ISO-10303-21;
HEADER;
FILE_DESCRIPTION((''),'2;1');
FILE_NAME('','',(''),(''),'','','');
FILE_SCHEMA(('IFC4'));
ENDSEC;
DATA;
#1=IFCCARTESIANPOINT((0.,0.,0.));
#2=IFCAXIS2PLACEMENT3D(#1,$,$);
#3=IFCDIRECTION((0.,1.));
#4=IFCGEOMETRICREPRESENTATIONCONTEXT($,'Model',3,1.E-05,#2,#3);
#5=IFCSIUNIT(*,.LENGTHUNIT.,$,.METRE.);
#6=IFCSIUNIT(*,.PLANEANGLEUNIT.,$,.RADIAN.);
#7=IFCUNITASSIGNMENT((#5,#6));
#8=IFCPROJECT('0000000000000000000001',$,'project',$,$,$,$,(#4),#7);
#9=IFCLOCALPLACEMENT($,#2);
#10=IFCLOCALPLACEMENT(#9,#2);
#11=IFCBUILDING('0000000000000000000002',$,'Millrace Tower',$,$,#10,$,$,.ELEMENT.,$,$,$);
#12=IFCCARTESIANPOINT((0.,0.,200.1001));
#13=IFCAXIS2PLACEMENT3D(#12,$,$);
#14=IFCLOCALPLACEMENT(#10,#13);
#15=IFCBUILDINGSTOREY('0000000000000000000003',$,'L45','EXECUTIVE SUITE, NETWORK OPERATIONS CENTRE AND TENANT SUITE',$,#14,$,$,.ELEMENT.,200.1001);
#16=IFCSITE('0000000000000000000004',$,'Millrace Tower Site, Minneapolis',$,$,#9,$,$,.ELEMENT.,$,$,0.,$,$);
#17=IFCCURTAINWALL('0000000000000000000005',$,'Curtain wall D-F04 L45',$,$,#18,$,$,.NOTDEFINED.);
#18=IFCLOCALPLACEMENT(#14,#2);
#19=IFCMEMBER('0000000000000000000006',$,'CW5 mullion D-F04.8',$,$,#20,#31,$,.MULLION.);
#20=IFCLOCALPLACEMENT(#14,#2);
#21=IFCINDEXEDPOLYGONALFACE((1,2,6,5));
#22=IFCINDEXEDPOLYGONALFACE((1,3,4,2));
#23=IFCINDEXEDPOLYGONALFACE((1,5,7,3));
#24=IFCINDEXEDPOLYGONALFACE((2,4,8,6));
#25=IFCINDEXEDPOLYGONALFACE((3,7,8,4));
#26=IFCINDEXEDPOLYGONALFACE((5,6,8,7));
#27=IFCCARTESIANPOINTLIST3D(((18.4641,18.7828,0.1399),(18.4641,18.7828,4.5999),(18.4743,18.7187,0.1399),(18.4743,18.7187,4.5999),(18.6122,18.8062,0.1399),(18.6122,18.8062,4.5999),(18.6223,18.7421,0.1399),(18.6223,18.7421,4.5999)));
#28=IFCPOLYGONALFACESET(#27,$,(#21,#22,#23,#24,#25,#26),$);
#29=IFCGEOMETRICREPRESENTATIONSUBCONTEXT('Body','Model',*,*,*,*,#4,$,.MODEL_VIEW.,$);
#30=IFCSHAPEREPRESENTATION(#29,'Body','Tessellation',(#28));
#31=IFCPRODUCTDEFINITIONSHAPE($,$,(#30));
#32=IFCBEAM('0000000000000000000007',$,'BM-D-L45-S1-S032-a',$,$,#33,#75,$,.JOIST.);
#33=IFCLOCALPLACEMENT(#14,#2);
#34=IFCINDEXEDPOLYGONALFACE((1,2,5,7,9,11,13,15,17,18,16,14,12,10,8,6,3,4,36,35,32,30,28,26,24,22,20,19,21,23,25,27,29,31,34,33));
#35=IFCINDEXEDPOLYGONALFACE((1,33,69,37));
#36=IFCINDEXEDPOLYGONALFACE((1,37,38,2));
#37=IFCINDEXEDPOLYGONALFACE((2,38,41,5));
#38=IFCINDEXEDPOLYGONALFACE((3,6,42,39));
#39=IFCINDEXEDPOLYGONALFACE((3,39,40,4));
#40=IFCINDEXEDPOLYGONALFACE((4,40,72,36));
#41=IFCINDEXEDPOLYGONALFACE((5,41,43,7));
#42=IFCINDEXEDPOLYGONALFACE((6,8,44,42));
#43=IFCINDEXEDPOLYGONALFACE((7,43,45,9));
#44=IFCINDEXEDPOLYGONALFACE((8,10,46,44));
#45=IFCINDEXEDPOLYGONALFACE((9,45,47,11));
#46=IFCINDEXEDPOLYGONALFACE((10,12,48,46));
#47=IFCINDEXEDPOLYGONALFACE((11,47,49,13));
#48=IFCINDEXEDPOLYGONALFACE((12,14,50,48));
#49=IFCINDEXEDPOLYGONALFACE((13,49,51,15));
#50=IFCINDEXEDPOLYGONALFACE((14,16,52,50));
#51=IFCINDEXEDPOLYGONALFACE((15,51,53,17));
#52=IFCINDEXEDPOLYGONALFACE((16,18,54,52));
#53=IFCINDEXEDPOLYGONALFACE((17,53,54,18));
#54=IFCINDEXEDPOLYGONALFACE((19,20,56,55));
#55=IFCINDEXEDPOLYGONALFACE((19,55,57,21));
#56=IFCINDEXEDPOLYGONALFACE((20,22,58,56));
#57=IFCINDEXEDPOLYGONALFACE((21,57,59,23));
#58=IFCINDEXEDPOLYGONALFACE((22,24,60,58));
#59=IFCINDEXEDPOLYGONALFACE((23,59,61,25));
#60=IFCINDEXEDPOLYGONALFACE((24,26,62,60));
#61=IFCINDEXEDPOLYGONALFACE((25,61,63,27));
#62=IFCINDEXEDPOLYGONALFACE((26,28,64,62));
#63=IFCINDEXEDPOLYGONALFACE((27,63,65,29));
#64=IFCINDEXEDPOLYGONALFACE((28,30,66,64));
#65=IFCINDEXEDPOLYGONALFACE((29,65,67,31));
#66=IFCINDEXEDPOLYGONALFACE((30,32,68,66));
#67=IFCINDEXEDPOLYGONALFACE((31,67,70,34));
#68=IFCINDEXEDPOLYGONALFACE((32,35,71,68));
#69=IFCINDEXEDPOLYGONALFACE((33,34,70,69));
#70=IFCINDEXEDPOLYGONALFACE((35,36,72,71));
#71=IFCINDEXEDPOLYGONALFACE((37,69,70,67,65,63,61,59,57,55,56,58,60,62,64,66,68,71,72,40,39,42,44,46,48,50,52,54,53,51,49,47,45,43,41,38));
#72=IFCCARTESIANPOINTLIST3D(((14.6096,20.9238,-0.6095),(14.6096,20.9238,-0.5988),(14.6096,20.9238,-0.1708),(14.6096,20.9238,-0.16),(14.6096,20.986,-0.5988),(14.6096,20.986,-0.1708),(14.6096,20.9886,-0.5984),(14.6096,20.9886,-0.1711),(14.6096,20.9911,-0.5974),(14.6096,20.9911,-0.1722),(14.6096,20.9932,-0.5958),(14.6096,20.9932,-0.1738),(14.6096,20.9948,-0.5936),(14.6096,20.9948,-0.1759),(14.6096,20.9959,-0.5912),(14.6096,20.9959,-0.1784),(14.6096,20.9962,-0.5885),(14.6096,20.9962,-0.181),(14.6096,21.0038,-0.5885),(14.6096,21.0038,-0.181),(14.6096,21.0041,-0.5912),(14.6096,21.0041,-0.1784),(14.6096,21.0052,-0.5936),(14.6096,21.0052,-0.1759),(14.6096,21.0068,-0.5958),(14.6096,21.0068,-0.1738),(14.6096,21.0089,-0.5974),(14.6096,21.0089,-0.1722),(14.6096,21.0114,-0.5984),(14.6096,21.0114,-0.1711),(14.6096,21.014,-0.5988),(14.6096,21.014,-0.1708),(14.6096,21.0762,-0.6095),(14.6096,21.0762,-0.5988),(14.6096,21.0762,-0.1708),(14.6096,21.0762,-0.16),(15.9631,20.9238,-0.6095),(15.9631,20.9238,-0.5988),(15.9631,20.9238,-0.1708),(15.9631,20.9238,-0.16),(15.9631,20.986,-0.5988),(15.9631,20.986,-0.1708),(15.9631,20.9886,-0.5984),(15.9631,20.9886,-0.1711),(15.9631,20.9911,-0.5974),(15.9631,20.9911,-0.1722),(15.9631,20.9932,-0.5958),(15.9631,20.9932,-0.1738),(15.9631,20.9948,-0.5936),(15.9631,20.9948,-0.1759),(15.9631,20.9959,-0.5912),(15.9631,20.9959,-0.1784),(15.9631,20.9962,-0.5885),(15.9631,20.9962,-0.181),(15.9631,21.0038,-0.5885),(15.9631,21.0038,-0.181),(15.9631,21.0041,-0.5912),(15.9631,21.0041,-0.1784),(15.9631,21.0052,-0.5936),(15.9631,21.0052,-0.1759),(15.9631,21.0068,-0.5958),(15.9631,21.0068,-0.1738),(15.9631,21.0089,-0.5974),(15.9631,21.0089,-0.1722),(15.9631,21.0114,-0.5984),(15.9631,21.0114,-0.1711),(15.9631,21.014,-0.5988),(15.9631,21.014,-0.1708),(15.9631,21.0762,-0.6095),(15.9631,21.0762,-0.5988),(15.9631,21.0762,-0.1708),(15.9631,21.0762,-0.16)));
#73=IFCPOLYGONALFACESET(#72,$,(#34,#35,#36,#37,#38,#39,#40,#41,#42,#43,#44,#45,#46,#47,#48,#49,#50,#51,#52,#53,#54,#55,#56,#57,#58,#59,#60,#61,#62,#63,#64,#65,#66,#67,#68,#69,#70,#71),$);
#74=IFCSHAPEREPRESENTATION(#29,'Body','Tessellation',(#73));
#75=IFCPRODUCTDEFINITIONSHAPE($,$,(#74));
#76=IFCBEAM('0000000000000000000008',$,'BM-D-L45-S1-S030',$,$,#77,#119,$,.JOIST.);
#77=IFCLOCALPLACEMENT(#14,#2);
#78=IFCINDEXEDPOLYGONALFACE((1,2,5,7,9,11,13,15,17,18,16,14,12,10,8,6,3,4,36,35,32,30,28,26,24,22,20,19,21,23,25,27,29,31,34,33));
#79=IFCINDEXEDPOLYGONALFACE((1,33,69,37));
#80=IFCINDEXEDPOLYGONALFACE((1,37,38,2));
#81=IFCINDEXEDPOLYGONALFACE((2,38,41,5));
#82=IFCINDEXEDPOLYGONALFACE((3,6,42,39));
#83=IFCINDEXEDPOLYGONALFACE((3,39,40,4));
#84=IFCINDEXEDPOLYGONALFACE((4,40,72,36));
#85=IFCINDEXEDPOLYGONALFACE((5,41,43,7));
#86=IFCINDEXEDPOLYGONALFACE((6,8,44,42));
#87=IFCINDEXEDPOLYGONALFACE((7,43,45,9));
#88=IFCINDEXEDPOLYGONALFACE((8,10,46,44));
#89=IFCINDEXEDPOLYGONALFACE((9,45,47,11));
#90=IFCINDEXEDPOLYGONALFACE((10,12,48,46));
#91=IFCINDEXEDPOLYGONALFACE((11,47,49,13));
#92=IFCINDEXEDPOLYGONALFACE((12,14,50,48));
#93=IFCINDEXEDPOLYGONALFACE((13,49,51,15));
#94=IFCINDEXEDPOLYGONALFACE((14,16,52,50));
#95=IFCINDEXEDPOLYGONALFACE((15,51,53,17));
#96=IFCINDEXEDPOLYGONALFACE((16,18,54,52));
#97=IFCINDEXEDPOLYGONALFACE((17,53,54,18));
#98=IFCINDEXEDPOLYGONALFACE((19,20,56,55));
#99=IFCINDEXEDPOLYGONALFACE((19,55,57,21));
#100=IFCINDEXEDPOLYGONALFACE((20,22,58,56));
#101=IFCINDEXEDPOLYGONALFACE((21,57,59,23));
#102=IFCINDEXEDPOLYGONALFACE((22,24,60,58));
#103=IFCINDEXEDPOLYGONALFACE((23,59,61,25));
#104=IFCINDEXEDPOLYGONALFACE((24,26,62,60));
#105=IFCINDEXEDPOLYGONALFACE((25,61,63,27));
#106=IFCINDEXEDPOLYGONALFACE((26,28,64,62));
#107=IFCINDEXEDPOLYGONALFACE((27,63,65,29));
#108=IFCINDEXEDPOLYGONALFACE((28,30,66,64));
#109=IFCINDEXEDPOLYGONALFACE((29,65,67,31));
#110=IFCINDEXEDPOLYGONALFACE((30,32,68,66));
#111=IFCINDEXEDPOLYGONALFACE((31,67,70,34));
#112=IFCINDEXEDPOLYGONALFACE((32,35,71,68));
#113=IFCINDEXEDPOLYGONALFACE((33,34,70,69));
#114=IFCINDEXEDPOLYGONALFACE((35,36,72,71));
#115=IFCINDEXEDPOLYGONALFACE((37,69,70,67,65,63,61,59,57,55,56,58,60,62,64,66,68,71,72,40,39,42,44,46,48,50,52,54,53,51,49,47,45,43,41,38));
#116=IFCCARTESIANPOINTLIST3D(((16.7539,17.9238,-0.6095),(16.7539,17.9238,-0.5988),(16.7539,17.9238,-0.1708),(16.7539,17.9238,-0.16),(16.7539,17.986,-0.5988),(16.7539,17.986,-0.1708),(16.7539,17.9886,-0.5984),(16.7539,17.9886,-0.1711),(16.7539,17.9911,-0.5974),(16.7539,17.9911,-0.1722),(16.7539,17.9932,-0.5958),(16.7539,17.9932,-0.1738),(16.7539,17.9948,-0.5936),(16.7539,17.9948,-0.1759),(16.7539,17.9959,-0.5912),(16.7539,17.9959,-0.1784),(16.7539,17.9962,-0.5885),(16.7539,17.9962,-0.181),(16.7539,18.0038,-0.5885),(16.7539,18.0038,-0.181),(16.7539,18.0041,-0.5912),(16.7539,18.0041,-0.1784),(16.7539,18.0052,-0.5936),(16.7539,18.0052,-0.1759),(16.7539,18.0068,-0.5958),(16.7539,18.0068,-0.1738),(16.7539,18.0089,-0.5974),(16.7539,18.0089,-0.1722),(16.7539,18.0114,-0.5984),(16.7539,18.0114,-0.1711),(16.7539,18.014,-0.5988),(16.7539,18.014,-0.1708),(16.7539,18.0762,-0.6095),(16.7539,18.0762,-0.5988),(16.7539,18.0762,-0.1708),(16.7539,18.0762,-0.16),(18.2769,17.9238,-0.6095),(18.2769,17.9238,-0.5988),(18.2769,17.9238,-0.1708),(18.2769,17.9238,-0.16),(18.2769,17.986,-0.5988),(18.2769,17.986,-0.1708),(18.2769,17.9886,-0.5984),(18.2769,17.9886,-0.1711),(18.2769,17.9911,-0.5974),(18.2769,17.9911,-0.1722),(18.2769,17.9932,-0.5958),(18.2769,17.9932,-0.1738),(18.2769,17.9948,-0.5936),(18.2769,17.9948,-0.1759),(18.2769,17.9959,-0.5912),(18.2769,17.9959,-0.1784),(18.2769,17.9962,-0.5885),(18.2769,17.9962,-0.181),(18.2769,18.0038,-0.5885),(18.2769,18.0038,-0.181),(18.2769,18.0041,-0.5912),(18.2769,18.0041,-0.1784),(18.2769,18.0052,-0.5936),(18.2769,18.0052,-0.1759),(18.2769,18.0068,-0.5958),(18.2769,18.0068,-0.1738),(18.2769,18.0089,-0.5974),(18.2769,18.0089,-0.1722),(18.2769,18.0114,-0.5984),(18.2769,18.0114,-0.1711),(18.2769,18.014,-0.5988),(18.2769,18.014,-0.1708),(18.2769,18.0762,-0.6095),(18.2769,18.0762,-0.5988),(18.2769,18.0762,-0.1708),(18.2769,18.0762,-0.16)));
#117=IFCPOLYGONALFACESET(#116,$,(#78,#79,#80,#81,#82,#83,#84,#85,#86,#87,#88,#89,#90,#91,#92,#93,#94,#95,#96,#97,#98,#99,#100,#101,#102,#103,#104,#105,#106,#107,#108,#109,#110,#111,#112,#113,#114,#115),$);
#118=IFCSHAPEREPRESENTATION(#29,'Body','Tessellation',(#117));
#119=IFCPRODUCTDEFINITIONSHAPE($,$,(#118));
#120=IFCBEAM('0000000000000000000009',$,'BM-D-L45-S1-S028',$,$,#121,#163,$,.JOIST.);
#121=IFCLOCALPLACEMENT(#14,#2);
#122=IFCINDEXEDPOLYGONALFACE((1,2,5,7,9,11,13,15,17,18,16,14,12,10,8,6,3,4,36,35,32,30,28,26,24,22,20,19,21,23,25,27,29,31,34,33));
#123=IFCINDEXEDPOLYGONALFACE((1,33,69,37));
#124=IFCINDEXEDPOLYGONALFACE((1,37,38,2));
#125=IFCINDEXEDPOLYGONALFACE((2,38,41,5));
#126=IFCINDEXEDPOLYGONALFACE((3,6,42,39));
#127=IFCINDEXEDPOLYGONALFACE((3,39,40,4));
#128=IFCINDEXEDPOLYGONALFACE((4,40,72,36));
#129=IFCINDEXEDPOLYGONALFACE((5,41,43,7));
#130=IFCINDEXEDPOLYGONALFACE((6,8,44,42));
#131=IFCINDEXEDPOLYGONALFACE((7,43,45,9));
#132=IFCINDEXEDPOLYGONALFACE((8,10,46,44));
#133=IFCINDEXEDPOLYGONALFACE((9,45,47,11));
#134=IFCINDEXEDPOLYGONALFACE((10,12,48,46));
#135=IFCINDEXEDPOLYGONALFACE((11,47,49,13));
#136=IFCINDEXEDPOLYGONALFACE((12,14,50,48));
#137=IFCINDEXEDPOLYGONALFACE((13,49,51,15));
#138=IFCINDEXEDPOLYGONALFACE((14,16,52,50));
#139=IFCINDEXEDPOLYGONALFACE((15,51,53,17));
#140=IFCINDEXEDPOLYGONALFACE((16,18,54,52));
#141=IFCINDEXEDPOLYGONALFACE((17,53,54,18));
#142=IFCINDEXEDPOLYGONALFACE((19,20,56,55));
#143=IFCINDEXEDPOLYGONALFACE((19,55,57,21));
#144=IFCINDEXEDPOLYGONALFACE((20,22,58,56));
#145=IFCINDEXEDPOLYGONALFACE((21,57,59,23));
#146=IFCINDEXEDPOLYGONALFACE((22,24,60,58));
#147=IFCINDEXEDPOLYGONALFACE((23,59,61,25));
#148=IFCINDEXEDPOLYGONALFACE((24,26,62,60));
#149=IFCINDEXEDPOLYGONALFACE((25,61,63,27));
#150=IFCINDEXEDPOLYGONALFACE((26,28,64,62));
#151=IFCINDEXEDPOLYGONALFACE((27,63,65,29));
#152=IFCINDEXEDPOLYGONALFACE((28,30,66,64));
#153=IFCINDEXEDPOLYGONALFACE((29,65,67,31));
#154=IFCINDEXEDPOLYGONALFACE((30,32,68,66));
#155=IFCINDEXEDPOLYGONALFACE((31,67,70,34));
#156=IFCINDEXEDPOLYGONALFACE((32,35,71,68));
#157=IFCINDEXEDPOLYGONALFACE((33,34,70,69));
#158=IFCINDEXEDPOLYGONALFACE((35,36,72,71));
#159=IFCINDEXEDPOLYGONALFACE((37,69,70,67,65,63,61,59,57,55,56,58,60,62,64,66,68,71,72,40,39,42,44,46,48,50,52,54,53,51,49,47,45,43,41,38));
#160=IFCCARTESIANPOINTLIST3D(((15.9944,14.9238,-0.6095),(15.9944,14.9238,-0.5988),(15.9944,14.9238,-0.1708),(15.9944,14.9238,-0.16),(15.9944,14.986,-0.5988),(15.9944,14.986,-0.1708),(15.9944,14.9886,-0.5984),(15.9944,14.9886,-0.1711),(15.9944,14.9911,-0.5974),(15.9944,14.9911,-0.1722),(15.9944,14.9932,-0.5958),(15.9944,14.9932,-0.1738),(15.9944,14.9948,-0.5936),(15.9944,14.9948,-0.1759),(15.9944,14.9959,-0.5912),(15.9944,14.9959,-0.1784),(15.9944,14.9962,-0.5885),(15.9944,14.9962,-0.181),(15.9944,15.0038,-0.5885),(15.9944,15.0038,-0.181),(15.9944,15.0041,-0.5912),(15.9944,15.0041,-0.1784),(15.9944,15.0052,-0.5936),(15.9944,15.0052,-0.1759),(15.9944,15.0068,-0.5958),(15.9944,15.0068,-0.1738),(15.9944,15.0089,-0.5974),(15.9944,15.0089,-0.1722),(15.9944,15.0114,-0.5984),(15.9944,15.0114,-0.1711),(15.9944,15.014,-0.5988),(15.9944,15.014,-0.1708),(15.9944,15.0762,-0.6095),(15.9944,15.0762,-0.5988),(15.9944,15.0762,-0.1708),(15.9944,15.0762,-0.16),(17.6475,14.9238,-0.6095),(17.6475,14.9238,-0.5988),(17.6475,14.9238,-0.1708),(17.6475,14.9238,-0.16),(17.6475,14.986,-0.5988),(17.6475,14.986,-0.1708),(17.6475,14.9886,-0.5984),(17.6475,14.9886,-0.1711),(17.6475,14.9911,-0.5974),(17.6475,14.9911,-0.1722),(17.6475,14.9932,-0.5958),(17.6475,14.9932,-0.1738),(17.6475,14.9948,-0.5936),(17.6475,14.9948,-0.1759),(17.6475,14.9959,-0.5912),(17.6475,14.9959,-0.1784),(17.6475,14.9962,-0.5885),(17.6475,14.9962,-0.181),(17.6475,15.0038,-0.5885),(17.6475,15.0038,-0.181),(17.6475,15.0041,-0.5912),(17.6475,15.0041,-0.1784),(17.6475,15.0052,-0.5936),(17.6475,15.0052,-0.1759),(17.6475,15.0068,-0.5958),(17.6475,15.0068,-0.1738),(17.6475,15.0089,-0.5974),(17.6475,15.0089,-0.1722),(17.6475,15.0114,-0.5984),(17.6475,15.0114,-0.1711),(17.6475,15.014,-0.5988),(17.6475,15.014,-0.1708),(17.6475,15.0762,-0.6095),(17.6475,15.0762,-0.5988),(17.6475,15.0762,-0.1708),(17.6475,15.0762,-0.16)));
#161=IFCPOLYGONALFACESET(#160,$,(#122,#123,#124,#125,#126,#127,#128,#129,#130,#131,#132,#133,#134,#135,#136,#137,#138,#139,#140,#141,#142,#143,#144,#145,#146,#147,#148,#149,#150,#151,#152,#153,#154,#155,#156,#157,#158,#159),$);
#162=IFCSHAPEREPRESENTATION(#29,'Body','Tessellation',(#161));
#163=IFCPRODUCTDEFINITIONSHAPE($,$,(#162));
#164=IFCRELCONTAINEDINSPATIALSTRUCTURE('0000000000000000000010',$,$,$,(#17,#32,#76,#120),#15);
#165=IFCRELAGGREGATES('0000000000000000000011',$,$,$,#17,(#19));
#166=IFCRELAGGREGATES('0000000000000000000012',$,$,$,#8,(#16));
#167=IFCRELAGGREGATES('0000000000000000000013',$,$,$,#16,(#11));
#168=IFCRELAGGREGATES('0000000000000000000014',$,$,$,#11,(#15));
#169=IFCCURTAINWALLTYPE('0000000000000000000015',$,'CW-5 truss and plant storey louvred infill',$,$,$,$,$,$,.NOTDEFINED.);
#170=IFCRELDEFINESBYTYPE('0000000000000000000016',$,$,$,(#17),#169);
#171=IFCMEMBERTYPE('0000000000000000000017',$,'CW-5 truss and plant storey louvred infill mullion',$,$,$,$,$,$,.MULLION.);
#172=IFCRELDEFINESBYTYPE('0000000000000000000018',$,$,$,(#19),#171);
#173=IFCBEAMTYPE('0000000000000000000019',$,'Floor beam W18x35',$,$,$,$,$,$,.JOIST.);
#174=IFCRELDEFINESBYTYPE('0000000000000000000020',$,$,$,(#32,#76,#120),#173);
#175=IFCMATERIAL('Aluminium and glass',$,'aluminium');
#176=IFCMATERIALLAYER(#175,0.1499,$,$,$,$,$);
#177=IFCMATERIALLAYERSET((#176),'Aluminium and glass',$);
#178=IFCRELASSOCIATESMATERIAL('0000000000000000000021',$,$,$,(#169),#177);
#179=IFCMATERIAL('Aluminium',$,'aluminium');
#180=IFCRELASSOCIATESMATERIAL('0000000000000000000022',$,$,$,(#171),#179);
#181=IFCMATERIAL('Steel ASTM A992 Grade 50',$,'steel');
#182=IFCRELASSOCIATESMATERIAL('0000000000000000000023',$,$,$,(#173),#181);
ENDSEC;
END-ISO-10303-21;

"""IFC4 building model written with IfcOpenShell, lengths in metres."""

from ifc_helpers import new_model, si_unit, direction, frame, origin, origin_2d, place, context, subcontext, project, spatial, rectangle, i_section, extrude, material, layer, layer_set, material_profile, profile_set, type_object, element, aggregate, save


model = new_model("IFC4")

# Units and contexts
model_context = context("Model", 3, precision=1e-05, world=origin(), true_north=direction((0.0, 1.0)))
body_context = subcontext(model_context, "Body", "Model", "MODEL_VIEW")
ifc_project = project(units=[si_unit("LENGTHUNIT", "METRE"), si_unit("PLANEANGLEUNIT", "RADIAN")], contexts=[model_context])

# Site, building, storey
site_placement = place(None, origin())
site = spatial("IfcSite", under=ifc_project, at=site_placement, Name="Millrace Tower Site, Minneapolis", CompositionType="ELEMENT", RefElevation=0.0)
building_placement = place(site_placement, origin())
building = spatial("IfcBuilding", under=site, at=building_placement, Name="Millrace Tower", CompositionType="ELEMENT")
storey_placement = place(building_placement, frame((0.0, 0.0, 200.1001)))
storey = spatial("IfcBuildingStorey", under=building, at=storey_placement, Name="L45", Description="EXECUTIVE SUITE, NETWORK OPERATIONS CENTRE AND TENANT SUITE", CompositionType="ELEMENT", Elevation=200.1001)

# Curtain wall, member
ifc_material_1 = material(Name="Aluminium and glass", Category="aluminium")
ifc_layer_1 = layer(ifc_material_1, 0.1499)
ifc_layer_set_1 = layer_set([ifc_layer_1], Name="Aluminium and glass")
curtain_wall_type = type_object("IfcCurtainWallType", Name="CW-5 truss and plant storey louvred infill", PredefinedType="NOTDEFINED", material=ifc_layer_set_1)
curtain_wall_placement = place(storey_placement, origin())
curtain_wall = element("IfcCurtainWall", 1, at=curtain_wall_placement, inside=storey, type_object=curtain_wall_type, Name="Curtain wall D-F04 L45", PredefinedType="NOTDEFINED")
ifc_material_2 = material(Name="Aluminium", Category="aluminium")
ifc_material_profile_1 = material_profile(ifc_material_2, rectangle(XDim=0.0649, YDim=0.1499, at=origin_2d()))
ifc_profile_set_1 = profile_set([ifc_material_profile_1], Name="Aluminium")
member_type_1 = type_object("IfcMemberType", Name="CW-5 truss and plant storey louvred infill mullion", PredefinedType="MULLION", material=ifc_profile_set_1)
member_placement = place(storey_placement, frame((18.5432, 18.7625, 0.1399), z_axis=(0.0, 0.0, 1.0), x_axis=(-0.156434, 0.987688, 0.0)))
member = element("IfcMember", 2, at=member_placement, type_object=member_type_1, Name="CW5 mullion D-F04.8", PredefinedType="MULLION", context=body_context, shape_type="SweptSolid", body=[
    extrude(rectangle(XDim=0.0649, YDim=0.1499, at=origin_2d()), origin(), (0.0, 0.0, 1.0), 4.46),
])
aggregate(curtain_wall, [member])

# Beams
ifc_material_3 = material(Name="Steel ASTM A992 Grade 50", Category="steel")
ifc_material_profile_2 = material_profile(ifc_material_3, i_section(OverallWidth=0.1523, OverallDepth=0.4495, WebThickness=0.0076, FlangeThickness=0.0107, FilletRadius=0.0103, at=origin_2d()))
ifc_profile_set_2 = profile_set([ifc_material_profile_2], Name="Steel ASTM A992 Grade 50")
beam_type_1 = type_object("IfcBeamType", Name="Floor beam W18x35", PredefinedType="JOIST", material=ifc_profile_set_2)
beam_1_placement = place(storey_placement, frame((14.6096, 21.0, -0.3848), z_axis=(1.0, 0.0, 0.0), x_axis=(0.0, 1.0, 0.0)))
element("IfcBeam", 3, at=beam_1_placement, inside=storey, type_object=beam_type_1, Name="BM-D-L45-S1-S032-a", PredefinedType="JOIST", context=body_context, shape_type="SweptSolid", body=[
    extrude(i_section(OverallWidth=0.1523, OverallDepth=0.4495, WebThickness=0.0076, FlangeThickness=0.0107, FilletRadius=0.0103, at=origin_2d()), origin(), (0.0, 0.0, 1.0), 1.3535),
])
beam_2_placement = place(storey_placement, frame((16.7539, 18.0, -0.3848), z_axis=(1.0, 0.0, 0.0), x_axis=(0.0, 1.0, 0.0)))
element("IfcBeam", 4, at=beam_2_placement, inside=storey, type_object=beam_type_1, Name="BM-D-L45-S1-S030", PredefinedType="JOIST", context=body_context, shape_type="SweptSolid", body=[
    extrude(i_section(OverallWidth=0.1523, OverallDepth=0.4495, WebThickness=0.0076, FlangeThickness=0.0107, FilletRadius=0.0103, at=origin_2d()), origin(), (0.0, 0.0, 1.0), 1.5229),
])
beam_3_placement = place(storey_placement, frame((15.9944, 15.0, -0.3848), z_axis=(1.0, 0.0, 0.0), x_axis=(0.0, 1.0, 0.0)))
element("IfcBeam", 5, at=beam_3_placement, inside=storey, type_object=beam_type_1, Name="BM-D-L45-S1-S028", PredefinedType="JOIST", context=body_context, shape_type="SweptSolid", body=[
    extrude(i_section(OverallWidth=0.1523, OverallDepth=0.4495, WebThickness=0.0076, FlangeThickness=0.0107, FilletRadius=0.0103, at=origin_2d()), origin(), (0.0, 0.0, 1.0), 1.6531),
])

save(model, "model.ifc")
